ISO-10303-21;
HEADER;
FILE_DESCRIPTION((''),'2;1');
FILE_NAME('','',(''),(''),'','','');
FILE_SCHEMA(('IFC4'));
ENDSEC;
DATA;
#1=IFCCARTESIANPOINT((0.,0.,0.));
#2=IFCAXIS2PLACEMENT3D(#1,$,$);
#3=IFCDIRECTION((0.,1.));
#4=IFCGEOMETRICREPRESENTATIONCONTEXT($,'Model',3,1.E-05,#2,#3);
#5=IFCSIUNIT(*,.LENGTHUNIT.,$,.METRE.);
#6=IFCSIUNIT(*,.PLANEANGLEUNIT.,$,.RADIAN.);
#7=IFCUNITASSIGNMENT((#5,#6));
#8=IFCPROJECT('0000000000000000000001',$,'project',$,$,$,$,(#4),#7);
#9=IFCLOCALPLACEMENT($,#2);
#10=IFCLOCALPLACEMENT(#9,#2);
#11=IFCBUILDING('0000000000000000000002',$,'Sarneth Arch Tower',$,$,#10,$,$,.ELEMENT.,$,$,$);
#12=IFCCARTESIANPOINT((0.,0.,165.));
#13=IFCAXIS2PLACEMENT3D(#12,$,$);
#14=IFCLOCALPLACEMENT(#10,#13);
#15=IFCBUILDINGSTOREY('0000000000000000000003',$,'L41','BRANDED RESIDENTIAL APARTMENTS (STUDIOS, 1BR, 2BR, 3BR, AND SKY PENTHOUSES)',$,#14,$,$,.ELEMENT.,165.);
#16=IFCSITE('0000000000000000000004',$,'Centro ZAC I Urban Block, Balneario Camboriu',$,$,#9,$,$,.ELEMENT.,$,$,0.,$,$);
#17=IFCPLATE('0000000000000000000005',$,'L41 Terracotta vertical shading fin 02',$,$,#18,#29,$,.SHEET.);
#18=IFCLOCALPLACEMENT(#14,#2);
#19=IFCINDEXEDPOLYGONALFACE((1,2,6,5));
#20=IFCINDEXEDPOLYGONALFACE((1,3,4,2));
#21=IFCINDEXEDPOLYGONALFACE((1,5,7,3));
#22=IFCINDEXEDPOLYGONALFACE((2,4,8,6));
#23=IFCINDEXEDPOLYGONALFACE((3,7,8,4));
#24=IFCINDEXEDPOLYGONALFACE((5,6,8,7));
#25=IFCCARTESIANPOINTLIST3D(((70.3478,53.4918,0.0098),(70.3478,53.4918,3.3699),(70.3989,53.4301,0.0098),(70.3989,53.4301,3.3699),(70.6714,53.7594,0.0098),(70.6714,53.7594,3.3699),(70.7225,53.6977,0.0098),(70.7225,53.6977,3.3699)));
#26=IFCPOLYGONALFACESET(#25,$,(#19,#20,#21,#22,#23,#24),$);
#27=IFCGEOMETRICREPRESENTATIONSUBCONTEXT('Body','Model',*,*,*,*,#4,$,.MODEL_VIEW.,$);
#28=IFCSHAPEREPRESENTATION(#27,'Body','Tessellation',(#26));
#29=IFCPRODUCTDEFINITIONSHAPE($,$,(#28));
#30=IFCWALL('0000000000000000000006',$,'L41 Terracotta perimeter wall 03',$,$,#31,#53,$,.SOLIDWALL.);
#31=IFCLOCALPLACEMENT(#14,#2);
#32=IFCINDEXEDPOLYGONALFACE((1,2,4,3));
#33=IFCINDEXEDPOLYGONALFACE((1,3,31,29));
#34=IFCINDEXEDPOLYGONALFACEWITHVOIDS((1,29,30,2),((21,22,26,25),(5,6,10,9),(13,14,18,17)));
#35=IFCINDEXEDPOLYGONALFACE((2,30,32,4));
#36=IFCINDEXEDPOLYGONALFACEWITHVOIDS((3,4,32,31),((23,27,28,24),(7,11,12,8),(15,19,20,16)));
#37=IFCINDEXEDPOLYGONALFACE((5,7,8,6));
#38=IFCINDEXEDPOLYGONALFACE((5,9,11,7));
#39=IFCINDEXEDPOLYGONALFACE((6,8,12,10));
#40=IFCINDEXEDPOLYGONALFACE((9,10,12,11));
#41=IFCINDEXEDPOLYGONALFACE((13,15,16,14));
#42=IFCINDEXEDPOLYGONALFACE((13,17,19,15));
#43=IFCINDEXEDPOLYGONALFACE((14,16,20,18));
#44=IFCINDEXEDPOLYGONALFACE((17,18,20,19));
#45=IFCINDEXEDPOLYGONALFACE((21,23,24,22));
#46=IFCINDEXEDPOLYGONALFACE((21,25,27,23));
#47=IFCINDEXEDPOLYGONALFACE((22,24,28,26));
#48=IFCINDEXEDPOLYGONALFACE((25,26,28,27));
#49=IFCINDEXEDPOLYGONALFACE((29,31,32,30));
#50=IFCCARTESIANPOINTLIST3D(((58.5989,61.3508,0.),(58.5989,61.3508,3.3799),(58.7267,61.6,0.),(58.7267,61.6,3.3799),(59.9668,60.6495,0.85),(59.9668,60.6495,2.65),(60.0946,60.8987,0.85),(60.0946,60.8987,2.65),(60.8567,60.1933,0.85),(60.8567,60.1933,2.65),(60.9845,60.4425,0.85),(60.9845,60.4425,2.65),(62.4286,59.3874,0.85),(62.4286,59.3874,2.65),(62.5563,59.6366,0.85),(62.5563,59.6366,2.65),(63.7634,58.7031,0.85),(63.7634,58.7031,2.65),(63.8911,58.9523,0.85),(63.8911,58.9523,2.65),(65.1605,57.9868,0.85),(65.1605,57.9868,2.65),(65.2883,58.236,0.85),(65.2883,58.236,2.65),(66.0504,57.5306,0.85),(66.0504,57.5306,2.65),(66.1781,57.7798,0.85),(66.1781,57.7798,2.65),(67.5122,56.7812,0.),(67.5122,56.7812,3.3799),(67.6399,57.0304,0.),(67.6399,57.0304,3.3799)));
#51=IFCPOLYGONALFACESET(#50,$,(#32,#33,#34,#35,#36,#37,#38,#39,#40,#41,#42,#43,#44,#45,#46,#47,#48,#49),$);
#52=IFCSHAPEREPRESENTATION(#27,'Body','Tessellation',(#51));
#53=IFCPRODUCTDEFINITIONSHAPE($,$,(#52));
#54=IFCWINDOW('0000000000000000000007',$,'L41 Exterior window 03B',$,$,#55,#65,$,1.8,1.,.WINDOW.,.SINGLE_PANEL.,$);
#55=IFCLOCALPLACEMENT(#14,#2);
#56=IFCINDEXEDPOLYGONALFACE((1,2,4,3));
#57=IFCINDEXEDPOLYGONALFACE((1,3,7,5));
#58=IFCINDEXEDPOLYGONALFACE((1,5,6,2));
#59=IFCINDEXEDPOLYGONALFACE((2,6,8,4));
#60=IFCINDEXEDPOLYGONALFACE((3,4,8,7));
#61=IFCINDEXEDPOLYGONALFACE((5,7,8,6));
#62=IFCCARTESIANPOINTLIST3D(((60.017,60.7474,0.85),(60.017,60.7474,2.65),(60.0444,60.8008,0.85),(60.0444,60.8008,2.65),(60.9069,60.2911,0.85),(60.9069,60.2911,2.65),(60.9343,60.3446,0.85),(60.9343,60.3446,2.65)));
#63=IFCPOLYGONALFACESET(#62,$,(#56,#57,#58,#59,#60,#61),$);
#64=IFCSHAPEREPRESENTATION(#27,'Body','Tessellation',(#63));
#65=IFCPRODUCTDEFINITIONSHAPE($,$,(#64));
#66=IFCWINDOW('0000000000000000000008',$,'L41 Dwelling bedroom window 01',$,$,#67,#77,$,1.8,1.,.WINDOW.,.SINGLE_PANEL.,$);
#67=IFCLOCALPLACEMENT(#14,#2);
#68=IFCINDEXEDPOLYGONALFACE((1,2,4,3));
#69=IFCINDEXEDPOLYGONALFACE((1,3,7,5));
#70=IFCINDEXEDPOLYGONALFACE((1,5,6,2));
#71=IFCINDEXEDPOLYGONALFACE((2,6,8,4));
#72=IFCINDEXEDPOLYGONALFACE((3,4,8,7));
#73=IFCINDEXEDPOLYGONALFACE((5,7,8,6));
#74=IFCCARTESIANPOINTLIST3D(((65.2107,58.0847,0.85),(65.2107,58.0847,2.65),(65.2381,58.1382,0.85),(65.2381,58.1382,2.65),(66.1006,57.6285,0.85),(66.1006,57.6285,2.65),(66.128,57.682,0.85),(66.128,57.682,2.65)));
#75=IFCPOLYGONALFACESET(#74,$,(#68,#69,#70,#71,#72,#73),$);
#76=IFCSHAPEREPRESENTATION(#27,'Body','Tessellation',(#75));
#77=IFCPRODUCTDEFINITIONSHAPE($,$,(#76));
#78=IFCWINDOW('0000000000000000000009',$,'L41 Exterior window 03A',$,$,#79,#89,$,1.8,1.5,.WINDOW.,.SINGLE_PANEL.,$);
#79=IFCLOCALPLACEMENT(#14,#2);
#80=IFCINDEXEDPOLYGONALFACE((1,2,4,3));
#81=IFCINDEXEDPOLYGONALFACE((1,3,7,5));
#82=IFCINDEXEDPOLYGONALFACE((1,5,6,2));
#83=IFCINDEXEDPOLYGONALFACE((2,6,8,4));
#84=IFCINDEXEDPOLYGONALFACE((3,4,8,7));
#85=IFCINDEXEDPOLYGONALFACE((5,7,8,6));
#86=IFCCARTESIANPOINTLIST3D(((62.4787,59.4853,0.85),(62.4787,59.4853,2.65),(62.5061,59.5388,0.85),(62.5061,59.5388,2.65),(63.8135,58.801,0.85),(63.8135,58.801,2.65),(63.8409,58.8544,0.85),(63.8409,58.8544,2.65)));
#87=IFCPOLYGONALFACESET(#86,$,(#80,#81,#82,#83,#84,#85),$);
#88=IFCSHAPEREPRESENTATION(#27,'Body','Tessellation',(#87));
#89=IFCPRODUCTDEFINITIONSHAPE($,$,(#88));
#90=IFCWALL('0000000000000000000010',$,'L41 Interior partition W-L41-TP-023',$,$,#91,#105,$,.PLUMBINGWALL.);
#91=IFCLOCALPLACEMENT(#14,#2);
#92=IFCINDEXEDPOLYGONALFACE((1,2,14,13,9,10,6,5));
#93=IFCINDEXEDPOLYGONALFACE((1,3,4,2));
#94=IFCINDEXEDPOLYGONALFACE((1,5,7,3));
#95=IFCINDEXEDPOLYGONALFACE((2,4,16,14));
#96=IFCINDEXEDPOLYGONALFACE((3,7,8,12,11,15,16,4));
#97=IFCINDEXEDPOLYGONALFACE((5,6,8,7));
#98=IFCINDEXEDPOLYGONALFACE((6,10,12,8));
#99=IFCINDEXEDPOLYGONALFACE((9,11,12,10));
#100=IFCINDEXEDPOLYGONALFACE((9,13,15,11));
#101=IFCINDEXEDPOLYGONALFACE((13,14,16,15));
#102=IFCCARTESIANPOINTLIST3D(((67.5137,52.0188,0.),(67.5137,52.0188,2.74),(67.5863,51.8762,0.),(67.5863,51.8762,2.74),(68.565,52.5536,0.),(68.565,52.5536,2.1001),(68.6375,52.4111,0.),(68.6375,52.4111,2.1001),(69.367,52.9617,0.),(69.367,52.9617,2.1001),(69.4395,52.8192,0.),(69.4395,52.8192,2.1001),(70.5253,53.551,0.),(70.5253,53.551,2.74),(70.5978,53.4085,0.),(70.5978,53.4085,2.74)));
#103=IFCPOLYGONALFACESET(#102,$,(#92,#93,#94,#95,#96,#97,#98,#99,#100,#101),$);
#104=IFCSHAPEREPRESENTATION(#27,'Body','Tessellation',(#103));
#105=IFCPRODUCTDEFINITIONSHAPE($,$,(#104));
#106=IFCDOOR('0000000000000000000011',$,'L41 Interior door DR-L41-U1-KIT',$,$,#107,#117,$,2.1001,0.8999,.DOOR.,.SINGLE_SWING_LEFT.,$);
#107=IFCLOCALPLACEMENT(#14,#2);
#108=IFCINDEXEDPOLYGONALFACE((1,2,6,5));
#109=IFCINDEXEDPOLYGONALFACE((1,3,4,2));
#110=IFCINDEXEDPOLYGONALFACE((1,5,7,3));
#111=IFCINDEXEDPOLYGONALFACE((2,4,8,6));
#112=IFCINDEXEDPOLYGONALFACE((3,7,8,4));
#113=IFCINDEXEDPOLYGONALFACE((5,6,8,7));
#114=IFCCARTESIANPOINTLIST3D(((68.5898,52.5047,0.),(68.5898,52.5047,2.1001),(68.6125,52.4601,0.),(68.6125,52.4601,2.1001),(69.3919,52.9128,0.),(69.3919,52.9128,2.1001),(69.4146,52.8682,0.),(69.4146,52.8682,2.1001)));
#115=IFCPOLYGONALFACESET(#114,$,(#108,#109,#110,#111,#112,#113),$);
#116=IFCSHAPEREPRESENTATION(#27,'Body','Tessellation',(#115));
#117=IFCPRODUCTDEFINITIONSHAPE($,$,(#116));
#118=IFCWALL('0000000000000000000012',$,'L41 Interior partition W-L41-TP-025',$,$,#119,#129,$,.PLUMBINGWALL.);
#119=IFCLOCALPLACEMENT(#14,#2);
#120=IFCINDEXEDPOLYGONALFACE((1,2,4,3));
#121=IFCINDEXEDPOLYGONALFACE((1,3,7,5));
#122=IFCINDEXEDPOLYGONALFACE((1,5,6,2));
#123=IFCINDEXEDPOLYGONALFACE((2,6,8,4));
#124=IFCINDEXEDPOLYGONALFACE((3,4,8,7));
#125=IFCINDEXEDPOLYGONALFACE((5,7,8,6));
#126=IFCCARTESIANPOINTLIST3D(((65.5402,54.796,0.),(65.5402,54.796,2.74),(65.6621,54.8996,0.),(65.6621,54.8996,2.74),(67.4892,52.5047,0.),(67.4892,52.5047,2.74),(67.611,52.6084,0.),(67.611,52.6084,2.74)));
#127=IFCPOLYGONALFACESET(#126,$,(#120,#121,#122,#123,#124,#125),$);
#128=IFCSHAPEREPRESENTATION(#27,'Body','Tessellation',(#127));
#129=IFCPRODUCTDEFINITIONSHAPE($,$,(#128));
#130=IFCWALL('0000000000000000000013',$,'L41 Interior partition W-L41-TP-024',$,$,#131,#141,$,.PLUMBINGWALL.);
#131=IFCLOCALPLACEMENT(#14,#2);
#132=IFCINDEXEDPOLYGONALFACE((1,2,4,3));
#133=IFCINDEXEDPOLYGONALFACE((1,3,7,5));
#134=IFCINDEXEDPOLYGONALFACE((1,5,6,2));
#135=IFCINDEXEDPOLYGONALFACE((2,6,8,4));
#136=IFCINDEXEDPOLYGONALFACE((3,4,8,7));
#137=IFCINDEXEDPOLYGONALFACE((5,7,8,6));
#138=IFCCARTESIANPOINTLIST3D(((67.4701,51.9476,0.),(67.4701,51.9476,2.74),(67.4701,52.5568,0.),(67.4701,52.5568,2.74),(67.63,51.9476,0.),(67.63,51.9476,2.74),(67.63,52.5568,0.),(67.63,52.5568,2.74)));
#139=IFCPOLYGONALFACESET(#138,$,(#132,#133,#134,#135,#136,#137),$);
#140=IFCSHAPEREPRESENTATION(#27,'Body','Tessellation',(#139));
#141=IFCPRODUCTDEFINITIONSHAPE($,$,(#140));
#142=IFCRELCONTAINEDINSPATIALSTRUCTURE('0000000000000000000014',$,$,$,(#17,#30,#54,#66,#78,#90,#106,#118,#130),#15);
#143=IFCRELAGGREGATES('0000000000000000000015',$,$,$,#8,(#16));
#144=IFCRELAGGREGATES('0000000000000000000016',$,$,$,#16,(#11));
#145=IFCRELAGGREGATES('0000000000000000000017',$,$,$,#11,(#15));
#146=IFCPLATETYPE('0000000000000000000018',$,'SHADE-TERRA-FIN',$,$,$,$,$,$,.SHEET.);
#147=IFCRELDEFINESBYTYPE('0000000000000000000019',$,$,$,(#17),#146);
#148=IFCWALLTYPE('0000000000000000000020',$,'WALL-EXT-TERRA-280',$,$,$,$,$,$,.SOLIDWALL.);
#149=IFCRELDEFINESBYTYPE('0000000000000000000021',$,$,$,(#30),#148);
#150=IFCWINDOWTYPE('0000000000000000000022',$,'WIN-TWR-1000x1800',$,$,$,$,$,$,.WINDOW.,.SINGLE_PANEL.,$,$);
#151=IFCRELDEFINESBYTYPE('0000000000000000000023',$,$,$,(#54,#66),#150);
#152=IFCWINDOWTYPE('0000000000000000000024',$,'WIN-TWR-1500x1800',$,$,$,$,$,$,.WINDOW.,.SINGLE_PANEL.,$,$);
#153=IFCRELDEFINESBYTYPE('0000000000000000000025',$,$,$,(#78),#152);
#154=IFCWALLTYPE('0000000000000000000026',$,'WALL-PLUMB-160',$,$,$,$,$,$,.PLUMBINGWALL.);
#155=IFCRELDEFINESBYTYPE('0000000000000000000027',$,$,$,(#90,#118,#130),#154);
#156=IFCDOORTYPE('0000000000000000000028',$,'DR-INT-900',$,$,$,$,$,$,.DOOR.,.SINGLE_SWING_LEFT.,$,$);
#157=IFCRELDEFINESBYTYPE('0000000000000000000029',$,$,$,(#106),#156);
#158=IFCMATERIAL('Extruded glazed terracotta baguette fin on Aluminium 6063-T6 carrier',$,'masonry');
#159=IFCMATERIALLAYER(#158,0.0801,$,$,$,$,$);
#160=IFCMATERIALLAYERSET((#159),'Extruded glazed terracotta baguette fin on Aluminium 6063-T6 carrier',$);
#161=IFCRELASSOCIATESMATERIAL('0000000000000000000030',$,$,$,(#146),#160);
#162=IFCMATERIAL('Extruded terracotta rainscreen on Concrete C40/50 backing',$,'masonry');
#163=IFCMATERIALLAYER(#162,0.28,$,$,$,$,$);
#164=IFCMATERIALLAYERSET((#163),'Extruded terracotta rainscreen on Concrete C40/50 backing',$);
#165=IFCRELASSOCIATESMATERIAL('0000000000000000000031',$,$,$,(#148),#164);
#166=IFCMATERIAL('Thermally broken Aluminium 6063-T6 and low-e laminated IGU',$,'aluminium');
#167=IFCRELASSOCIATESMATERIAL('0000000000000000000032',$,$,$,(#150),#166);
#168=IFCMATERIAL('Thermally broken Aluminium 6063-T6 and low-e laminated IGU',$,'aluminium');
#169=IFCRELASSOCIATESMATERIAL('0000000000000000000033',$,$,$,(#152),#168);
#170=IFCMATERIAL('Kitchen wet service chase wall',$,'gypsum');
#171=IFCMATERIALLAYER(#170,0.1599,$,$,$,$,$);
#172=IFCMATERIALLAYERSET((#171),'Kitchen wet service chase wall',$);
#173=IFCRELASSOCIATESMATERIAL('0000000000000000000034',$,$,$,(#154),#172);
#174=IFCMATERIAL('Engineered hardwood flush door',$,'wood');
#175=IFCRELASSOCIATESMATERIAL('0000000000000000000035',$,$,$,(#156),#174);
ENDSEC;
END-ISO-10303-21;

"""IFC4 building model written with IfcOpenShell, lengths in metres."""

from ifc_helpers import new_model, si_unit, direction, frame, frame_2d, origin, origin_2d, place, context, subcontext, project, spatial, rectangle, extrude, material, layer, layer_set, type_object, element, fill, save


model = new_model("IFC4")

# Units and contexts
model_context = context("Model", 3, precision=1e-05, world=origin(), true_north=direction((0.0, 1.0)))
body_context = subcontext(model_context, "Body", "Model", "MODEL_VIEW")
ifc_project = project(units=[si_unit("LENGTHUNIT", "METRE"), si_unit("PLANEANGLEUNIT", "RADIAN")], contexts=[model_context])

# Site, building, storey
site_placement = place(None, origin())
site = spatial("IfcSite", under=ifc_project, at=site_placement, Name="Centro ZAC I Urban Block, Balneario Camboriu", CompositionType="ELEMENT", RefElevation=0.0)
building_placement = place(site_placement, origin())
building = spatial("IfcBuilding", under=site, at=building_placement, Name="Sarneth Arch Tower", CompositionType="ELEMENT")
storey_placement = place(building_placement, frame((0.0, 0.0, 165.0)))
storey = spatial("IfcBuildingStorey", under=building, at=storey_placement, Name="L41", Description="BRANDED RESIDENTIAL APARTMENTS (STUDIOS, 1BR, 2BR, 3BR, AND SKY PENTHOUSES)", CompositionType="ELEMENT", Elevation=165.0)

# Plate
ifc_material_1 = material(Name="Extruded glazed terracotta baguette fin on Aluminium 6063-T6 carrier", Category="masonry")
ifc_layer_1 = layer(ifc_material_1, 0.0801)
ifc_layer_set_1 = layer_set([ifc_layer_1], Name="Extruded glazed terracotta baguette fin on Aluminium 6063-T6 carrier")
plate_type_1 = type_object("IfcPlateType", Name="SHADE-TERRA-FIN", PredefinedType="SHEET", material=ifc_layer_set_1)
plate_1_placement = place(storey_placement, frame((70.5352, 53.5947, 0.0098), z_axis=(0.0, 0.0, 1.0), x_axis=(0.770624, 0.63729, 0.0)))
element("IfcPlate", 1, at=plate_1_placement, inside=storey, type_object=plate_type_1, Name="L41 Terracotta vertical shading fin 02", PredefinedType="SHEET", context=body_context, shape_type="SweptSolid", body=[
    extrude(rectangle(XDim=0.4199, YDim=0.0801, at=origin_2d()), origin(), (0.0, 0.0, 1.0), 3.3601),
])

# Wall, openings, windows
ifc_material_2 = material(Name="Extruded terracotta rainscreen on Concrete C40/50 backing", Category="masonry")
ifc_layer_2 = layer(ifc_material_2, 0.28)
ifc_layer_set_2 = layer_set([ifc_layer_2], Name="Extruded terracotta rainscreen on Concrete C40/50 backing")
wall_type_1 = type_object("IfcWallType", Name="WALL-EXT-TERRA-280", PredefinedType="SOLIDWALL", material=ifc_layer_set_2)
wall_1_placement = place(storey_placement, frame((67.5762, 56.9058, 0.0), z_axis=(0.0, 0.0, 1.0), x_axis=(-0.889873, 0.456209, 0.0)))
wall_1 = element("IfcWall", 2, at=wall_1_placement, inside=storey, type_object=wall_type_1, Name="L41 Terracotta perimeter wall 03", PredefinedType="SOLIDWALL", context=body_context, shape_type="SweptSolid", body=[
    extrude(rectangle(XDim=10.0164, YDim=0.28, at=frame_2d((5.0083, 0.0))), origin(), (0.0, 0.0, 1.0), 3.3799),
])
opening_1_placement = place(wall_1_placement, frame((4.2129, 0.0, 0.8501)))
opening_1 = element("IfcOpeningElement", 3, at=opening_1_placement, cuts=wall_1, PredefinedType="OPENING", context=body_context, shape_type="SweptSolid", body=[
    extrude(rectangle(XDim=1.5, YDim=1.8, at=frame_2d((0.75, 0.8999))), frame((0.0, 0.1499, 0.0), z_axis=(0.0, -1.0, 0.0), x_axis=(1.0, 0.0, 0.0)), (0.0, 0.0, 1.0), 0.3),
])
opening_2_placement = place(wall_1_placement, frame((7.4792, 0.0, 0.8501)))
opening_2 = element("IfcOpeningElement", 4, at=opening_2_placement, cuts=wall_1, PredefinedType="OPENING", context=body_context, shape_type="SweptSolid", body=[
    extrude(rectangle(XDim=1.0, YDim=1.8, at=frame_2d((0.5, 0.8999))), frame((0.0, 0.1499, 0.0), z_axis=(0.0, -1.0, 0.0), x_axis=(1.0, 0.0, 0.0)), (0.0, 0.0, 1.0), 0.3),
])
opening_3_placement = place(wall_1_placement, frame((1.6428, 0.0, 0.8501)))
opening_3 = element("IfcOpeningElement", 5, at=opening_3_placement, cuts=wall_1, PredefinedType="OPENING", context=body_context, shape_type="SweptSolid", body=[
    extrude(rectangle(XDim=1.0, YDim=1.8, at=frame_2d((0.5, 0.8999))), frame((0.0, 0.1499, 0.0), z_axis=(0.0, -1.0, 0.0), x_axis=(1.0, 0.0, 0.0)), (0.0, 0.0, 1.0), 0.3),
])
ifc_material_3 = material(Name="Thermally broken Aluminium 6063-T6 and low-e laminated IGU", Category="aluminium")
window_type_1 = type_object("IfcWindowType", Name="WIN-TWR-1000x1800", PartitioningType="SINGLE_PANEL", PredefinedType="WINDOW", material=ifc_material_3)
window_1_placement = place(opening_2_placement, origin())
window_1 = element("IfcWindow", 6, at=window_1_placement, inside=storey, type_object=window_type_1, Name="L41 Exterior window 03B", OverallHeight=1.8, OverallWidth=1.0, PartitioningType="SINGLE_PANEL", PredefinedType="WINDOW", context=body_context, shape_type="SweptSolid", body=[
    extrude(rectangle(XDim=1.0, YDim=1.8, at=frame_2d((0.5, 0.8999))), frame((0.0, 0.03, 0.0), z_axis=(0.0, -1.0, 0.0), x_axis=(1.0, 0.0, 0.0)), (0.0, 0.0, 1.0), 0.0601),
])
fill(opening_2, window_1)
window_2_placement = place(opening_3_placement, origin())
window_2 = element("IfcWindow", 7, at=window_2_placement, inside=storey, type_object=window_type_1, Name="L41 Dwelling bedroom window 01", OverallHeight=1.8, OverallWidth=1.0, PartitioningType="SINGLE_PANEL", PredefinedType="WINDOW", context=body_context, shape_type="SweptSolid", body=[
    extrude(rectangle(XDim=1.0, YDim=1.8, at=frame_2d((0.5, 0.8999))), frame((0.0, 0.03, 0.0), z_axis=(0.0, -1.0, 0.0), x_axis=(1.0, 0.0, 0.0)), (0.0, 0.0, 1.0), 0.0601),
])
fill(opening_3, window_2)
ifc_material_4 = material(Name="Thermally broken Aluminium 6063-T6 and low-e laminated IGU", Category="aluminium")
window_type_2 = type_object("IfcWindowType", Name="WIN-TWR-1500x1800", PartitioningType="SINGLE_PANEL", PredefinedType="WINDOW", material=ifc_material_4)
window_3_placement = place(opening_1_placement, origin())
window_3 = element("IfcWindow", 8, at=window_3_placement, inside=storey, type_object=window_type_2, Name="L41 Exterior window 03A", OverallHeight=1.8, OverallWidth=1.5, PartitioningType="SINGLE_PANEL", PredefinedType="WINDOW", context=body_context, shape_type="SweptSolid", body=[
    extrude(rectangle(XDim=1.5, YDim=1.8, at=frame_2d((0.75, 0.8999))), frame((0.0, 0.03, 0.0), z_axis=(0.0, -1.0, 0.0), x_axis=(1.0, 0.0, 0.0)), (0.0, 0.0, 1.0), 0.0601),
])
fill(opening_1, window_3)

# Wall, opening, door
ifc_material_5 = material(Name="Kitchen wet service chase wall", Category="gypsum")
ifc_layer_3 = layer(ifc_material_5, 0.1599)
ifc_layer_set_3 = layer_set([ifc_layer_3], Name="Kitchen wet service chase wall")
wall_type_2 = type_object("IfcWallType", Name="WALL-PLUMB-160", PredefinedType="PLUMBINGWALL", material=ifc_layer_set_3)
wall_2_placement = place(storey_placement, frame((70.5615, 53.4797, 0.0), z_axis=(0.0, 0.0, 1.0), x_axis=(-0.891269, -0.453474, 0.0)))
wall_2 = element("IfcWall", 9, at=wall_2_placement, inside=storey, type_object=wall_type_2, Name="L41 Interior partition W-L41-TP-023", PredefinedType="PLUMBINGWALL", context=body_context, shape_type="SweptSolid", body=[
    extrude(rectangle(XDim=3.3789, YDim=0.1599, at=frame_2d((1.6895, 0.0))), origin(), (0.0, 0.0, 1.0), 2.74),
])
opening_4_placement = place(wall_2_placement, frame((1.2996, 0.0, 0.0)))
opening_4 = element("IfcOpeningElement", 10, at=opening_4_placement, cuts=wall_2, PredefinedType="OPENING", context=body_context, shape_type="SweptSolid", body=[
    extrude(rectangle(XDim=0.8999, YDim=2.1001, at=frame_2d((0.45, 1.05))), frame((0.0, 0.0898, 0.0), z_axis=(0.0, -1.0, 0.0), x_axis=(1.0, 0.0, 0.0)), (0.0, 0.0, 1.0), 0.1799),
])
ifc_material_6 = material(Name="Engineered hardwood flush door", Category="wood")
door_type = type_object("IfcDoorType", Name="DR-INT-900", OperationType="SINGLE_SWING_LEFT", PredefinedType="DOOR", material=ifc_material_6)
door_placement = place(opening_4_placement, origin())
door = element("IfcDoor", 11, at=door_placement, inside=storey, type_object=door_type, Name="L41 Interior door DR-L41-U1-KIT", OperationType="SINGLE_SWING_LEFT", OverallHeight=2.1001, OverallWidth=0.8999, PredefinedType="DOOR", context=body_context, shape_type="SweptSolid", body=[
    extrude(rectangle(XDim=0.8999, YDim=2.1001, at=frame_2d((0.45, 1.05))), frame((0.0, 0.0249, 0.0), z_axis=(0.0, -1.0, 0.0), x_axis=(1.0, 0.0, 0.0)), (0.0, 0.0, 1.0), 0.05),
])
fill(opening_4, door)

# Walls
wall_3_placement = place(storey_placement, frame((67.55, 52.5566, 0.0), z_axis=(0.0, 0.0, 1.0), x_axis=(-0.647919, 0.761709, 0.0)))
element("IfcWall", 12, at=wall_3_placement, inside=storey, type_object=wall_type_2, Name="L41 Interior partition W-L41-TP-025", PredefinedType="PLUMBINGWALL", context=body_context, shape_type="SweptSolid", body=[
    extrude(rectangle(XDim=3.0081, YDim=0.1599, at=frame_2d((1.5039, 0.0))), origin(), (0.0, 0.0, 1.0), 2.74),
])
wall_4_placement = place(storey_placement, frame((67.55, 51.9475, 0.0), z_axis=(0.0, 0.0, 1.0), x_axis=(0.0, 1.0, 0.0)))
element("IfcWall", 13, at=wall_4_placement, inside=storey, type_object=wall_type_2, Name="L41 Interior partition W-L41-TP-024", PredefinedType="PLUMBINGWALL", context=body_context, shape_type="SweptSolid", body=[
    extrude(rectangle(XDim=0.6091, YDim=0.1599, at=frame_2d((0.3047, 0.0))), origin(), (0.0, 0.0, 1.0), 2.74),
])

save(model, "model.ifc")
